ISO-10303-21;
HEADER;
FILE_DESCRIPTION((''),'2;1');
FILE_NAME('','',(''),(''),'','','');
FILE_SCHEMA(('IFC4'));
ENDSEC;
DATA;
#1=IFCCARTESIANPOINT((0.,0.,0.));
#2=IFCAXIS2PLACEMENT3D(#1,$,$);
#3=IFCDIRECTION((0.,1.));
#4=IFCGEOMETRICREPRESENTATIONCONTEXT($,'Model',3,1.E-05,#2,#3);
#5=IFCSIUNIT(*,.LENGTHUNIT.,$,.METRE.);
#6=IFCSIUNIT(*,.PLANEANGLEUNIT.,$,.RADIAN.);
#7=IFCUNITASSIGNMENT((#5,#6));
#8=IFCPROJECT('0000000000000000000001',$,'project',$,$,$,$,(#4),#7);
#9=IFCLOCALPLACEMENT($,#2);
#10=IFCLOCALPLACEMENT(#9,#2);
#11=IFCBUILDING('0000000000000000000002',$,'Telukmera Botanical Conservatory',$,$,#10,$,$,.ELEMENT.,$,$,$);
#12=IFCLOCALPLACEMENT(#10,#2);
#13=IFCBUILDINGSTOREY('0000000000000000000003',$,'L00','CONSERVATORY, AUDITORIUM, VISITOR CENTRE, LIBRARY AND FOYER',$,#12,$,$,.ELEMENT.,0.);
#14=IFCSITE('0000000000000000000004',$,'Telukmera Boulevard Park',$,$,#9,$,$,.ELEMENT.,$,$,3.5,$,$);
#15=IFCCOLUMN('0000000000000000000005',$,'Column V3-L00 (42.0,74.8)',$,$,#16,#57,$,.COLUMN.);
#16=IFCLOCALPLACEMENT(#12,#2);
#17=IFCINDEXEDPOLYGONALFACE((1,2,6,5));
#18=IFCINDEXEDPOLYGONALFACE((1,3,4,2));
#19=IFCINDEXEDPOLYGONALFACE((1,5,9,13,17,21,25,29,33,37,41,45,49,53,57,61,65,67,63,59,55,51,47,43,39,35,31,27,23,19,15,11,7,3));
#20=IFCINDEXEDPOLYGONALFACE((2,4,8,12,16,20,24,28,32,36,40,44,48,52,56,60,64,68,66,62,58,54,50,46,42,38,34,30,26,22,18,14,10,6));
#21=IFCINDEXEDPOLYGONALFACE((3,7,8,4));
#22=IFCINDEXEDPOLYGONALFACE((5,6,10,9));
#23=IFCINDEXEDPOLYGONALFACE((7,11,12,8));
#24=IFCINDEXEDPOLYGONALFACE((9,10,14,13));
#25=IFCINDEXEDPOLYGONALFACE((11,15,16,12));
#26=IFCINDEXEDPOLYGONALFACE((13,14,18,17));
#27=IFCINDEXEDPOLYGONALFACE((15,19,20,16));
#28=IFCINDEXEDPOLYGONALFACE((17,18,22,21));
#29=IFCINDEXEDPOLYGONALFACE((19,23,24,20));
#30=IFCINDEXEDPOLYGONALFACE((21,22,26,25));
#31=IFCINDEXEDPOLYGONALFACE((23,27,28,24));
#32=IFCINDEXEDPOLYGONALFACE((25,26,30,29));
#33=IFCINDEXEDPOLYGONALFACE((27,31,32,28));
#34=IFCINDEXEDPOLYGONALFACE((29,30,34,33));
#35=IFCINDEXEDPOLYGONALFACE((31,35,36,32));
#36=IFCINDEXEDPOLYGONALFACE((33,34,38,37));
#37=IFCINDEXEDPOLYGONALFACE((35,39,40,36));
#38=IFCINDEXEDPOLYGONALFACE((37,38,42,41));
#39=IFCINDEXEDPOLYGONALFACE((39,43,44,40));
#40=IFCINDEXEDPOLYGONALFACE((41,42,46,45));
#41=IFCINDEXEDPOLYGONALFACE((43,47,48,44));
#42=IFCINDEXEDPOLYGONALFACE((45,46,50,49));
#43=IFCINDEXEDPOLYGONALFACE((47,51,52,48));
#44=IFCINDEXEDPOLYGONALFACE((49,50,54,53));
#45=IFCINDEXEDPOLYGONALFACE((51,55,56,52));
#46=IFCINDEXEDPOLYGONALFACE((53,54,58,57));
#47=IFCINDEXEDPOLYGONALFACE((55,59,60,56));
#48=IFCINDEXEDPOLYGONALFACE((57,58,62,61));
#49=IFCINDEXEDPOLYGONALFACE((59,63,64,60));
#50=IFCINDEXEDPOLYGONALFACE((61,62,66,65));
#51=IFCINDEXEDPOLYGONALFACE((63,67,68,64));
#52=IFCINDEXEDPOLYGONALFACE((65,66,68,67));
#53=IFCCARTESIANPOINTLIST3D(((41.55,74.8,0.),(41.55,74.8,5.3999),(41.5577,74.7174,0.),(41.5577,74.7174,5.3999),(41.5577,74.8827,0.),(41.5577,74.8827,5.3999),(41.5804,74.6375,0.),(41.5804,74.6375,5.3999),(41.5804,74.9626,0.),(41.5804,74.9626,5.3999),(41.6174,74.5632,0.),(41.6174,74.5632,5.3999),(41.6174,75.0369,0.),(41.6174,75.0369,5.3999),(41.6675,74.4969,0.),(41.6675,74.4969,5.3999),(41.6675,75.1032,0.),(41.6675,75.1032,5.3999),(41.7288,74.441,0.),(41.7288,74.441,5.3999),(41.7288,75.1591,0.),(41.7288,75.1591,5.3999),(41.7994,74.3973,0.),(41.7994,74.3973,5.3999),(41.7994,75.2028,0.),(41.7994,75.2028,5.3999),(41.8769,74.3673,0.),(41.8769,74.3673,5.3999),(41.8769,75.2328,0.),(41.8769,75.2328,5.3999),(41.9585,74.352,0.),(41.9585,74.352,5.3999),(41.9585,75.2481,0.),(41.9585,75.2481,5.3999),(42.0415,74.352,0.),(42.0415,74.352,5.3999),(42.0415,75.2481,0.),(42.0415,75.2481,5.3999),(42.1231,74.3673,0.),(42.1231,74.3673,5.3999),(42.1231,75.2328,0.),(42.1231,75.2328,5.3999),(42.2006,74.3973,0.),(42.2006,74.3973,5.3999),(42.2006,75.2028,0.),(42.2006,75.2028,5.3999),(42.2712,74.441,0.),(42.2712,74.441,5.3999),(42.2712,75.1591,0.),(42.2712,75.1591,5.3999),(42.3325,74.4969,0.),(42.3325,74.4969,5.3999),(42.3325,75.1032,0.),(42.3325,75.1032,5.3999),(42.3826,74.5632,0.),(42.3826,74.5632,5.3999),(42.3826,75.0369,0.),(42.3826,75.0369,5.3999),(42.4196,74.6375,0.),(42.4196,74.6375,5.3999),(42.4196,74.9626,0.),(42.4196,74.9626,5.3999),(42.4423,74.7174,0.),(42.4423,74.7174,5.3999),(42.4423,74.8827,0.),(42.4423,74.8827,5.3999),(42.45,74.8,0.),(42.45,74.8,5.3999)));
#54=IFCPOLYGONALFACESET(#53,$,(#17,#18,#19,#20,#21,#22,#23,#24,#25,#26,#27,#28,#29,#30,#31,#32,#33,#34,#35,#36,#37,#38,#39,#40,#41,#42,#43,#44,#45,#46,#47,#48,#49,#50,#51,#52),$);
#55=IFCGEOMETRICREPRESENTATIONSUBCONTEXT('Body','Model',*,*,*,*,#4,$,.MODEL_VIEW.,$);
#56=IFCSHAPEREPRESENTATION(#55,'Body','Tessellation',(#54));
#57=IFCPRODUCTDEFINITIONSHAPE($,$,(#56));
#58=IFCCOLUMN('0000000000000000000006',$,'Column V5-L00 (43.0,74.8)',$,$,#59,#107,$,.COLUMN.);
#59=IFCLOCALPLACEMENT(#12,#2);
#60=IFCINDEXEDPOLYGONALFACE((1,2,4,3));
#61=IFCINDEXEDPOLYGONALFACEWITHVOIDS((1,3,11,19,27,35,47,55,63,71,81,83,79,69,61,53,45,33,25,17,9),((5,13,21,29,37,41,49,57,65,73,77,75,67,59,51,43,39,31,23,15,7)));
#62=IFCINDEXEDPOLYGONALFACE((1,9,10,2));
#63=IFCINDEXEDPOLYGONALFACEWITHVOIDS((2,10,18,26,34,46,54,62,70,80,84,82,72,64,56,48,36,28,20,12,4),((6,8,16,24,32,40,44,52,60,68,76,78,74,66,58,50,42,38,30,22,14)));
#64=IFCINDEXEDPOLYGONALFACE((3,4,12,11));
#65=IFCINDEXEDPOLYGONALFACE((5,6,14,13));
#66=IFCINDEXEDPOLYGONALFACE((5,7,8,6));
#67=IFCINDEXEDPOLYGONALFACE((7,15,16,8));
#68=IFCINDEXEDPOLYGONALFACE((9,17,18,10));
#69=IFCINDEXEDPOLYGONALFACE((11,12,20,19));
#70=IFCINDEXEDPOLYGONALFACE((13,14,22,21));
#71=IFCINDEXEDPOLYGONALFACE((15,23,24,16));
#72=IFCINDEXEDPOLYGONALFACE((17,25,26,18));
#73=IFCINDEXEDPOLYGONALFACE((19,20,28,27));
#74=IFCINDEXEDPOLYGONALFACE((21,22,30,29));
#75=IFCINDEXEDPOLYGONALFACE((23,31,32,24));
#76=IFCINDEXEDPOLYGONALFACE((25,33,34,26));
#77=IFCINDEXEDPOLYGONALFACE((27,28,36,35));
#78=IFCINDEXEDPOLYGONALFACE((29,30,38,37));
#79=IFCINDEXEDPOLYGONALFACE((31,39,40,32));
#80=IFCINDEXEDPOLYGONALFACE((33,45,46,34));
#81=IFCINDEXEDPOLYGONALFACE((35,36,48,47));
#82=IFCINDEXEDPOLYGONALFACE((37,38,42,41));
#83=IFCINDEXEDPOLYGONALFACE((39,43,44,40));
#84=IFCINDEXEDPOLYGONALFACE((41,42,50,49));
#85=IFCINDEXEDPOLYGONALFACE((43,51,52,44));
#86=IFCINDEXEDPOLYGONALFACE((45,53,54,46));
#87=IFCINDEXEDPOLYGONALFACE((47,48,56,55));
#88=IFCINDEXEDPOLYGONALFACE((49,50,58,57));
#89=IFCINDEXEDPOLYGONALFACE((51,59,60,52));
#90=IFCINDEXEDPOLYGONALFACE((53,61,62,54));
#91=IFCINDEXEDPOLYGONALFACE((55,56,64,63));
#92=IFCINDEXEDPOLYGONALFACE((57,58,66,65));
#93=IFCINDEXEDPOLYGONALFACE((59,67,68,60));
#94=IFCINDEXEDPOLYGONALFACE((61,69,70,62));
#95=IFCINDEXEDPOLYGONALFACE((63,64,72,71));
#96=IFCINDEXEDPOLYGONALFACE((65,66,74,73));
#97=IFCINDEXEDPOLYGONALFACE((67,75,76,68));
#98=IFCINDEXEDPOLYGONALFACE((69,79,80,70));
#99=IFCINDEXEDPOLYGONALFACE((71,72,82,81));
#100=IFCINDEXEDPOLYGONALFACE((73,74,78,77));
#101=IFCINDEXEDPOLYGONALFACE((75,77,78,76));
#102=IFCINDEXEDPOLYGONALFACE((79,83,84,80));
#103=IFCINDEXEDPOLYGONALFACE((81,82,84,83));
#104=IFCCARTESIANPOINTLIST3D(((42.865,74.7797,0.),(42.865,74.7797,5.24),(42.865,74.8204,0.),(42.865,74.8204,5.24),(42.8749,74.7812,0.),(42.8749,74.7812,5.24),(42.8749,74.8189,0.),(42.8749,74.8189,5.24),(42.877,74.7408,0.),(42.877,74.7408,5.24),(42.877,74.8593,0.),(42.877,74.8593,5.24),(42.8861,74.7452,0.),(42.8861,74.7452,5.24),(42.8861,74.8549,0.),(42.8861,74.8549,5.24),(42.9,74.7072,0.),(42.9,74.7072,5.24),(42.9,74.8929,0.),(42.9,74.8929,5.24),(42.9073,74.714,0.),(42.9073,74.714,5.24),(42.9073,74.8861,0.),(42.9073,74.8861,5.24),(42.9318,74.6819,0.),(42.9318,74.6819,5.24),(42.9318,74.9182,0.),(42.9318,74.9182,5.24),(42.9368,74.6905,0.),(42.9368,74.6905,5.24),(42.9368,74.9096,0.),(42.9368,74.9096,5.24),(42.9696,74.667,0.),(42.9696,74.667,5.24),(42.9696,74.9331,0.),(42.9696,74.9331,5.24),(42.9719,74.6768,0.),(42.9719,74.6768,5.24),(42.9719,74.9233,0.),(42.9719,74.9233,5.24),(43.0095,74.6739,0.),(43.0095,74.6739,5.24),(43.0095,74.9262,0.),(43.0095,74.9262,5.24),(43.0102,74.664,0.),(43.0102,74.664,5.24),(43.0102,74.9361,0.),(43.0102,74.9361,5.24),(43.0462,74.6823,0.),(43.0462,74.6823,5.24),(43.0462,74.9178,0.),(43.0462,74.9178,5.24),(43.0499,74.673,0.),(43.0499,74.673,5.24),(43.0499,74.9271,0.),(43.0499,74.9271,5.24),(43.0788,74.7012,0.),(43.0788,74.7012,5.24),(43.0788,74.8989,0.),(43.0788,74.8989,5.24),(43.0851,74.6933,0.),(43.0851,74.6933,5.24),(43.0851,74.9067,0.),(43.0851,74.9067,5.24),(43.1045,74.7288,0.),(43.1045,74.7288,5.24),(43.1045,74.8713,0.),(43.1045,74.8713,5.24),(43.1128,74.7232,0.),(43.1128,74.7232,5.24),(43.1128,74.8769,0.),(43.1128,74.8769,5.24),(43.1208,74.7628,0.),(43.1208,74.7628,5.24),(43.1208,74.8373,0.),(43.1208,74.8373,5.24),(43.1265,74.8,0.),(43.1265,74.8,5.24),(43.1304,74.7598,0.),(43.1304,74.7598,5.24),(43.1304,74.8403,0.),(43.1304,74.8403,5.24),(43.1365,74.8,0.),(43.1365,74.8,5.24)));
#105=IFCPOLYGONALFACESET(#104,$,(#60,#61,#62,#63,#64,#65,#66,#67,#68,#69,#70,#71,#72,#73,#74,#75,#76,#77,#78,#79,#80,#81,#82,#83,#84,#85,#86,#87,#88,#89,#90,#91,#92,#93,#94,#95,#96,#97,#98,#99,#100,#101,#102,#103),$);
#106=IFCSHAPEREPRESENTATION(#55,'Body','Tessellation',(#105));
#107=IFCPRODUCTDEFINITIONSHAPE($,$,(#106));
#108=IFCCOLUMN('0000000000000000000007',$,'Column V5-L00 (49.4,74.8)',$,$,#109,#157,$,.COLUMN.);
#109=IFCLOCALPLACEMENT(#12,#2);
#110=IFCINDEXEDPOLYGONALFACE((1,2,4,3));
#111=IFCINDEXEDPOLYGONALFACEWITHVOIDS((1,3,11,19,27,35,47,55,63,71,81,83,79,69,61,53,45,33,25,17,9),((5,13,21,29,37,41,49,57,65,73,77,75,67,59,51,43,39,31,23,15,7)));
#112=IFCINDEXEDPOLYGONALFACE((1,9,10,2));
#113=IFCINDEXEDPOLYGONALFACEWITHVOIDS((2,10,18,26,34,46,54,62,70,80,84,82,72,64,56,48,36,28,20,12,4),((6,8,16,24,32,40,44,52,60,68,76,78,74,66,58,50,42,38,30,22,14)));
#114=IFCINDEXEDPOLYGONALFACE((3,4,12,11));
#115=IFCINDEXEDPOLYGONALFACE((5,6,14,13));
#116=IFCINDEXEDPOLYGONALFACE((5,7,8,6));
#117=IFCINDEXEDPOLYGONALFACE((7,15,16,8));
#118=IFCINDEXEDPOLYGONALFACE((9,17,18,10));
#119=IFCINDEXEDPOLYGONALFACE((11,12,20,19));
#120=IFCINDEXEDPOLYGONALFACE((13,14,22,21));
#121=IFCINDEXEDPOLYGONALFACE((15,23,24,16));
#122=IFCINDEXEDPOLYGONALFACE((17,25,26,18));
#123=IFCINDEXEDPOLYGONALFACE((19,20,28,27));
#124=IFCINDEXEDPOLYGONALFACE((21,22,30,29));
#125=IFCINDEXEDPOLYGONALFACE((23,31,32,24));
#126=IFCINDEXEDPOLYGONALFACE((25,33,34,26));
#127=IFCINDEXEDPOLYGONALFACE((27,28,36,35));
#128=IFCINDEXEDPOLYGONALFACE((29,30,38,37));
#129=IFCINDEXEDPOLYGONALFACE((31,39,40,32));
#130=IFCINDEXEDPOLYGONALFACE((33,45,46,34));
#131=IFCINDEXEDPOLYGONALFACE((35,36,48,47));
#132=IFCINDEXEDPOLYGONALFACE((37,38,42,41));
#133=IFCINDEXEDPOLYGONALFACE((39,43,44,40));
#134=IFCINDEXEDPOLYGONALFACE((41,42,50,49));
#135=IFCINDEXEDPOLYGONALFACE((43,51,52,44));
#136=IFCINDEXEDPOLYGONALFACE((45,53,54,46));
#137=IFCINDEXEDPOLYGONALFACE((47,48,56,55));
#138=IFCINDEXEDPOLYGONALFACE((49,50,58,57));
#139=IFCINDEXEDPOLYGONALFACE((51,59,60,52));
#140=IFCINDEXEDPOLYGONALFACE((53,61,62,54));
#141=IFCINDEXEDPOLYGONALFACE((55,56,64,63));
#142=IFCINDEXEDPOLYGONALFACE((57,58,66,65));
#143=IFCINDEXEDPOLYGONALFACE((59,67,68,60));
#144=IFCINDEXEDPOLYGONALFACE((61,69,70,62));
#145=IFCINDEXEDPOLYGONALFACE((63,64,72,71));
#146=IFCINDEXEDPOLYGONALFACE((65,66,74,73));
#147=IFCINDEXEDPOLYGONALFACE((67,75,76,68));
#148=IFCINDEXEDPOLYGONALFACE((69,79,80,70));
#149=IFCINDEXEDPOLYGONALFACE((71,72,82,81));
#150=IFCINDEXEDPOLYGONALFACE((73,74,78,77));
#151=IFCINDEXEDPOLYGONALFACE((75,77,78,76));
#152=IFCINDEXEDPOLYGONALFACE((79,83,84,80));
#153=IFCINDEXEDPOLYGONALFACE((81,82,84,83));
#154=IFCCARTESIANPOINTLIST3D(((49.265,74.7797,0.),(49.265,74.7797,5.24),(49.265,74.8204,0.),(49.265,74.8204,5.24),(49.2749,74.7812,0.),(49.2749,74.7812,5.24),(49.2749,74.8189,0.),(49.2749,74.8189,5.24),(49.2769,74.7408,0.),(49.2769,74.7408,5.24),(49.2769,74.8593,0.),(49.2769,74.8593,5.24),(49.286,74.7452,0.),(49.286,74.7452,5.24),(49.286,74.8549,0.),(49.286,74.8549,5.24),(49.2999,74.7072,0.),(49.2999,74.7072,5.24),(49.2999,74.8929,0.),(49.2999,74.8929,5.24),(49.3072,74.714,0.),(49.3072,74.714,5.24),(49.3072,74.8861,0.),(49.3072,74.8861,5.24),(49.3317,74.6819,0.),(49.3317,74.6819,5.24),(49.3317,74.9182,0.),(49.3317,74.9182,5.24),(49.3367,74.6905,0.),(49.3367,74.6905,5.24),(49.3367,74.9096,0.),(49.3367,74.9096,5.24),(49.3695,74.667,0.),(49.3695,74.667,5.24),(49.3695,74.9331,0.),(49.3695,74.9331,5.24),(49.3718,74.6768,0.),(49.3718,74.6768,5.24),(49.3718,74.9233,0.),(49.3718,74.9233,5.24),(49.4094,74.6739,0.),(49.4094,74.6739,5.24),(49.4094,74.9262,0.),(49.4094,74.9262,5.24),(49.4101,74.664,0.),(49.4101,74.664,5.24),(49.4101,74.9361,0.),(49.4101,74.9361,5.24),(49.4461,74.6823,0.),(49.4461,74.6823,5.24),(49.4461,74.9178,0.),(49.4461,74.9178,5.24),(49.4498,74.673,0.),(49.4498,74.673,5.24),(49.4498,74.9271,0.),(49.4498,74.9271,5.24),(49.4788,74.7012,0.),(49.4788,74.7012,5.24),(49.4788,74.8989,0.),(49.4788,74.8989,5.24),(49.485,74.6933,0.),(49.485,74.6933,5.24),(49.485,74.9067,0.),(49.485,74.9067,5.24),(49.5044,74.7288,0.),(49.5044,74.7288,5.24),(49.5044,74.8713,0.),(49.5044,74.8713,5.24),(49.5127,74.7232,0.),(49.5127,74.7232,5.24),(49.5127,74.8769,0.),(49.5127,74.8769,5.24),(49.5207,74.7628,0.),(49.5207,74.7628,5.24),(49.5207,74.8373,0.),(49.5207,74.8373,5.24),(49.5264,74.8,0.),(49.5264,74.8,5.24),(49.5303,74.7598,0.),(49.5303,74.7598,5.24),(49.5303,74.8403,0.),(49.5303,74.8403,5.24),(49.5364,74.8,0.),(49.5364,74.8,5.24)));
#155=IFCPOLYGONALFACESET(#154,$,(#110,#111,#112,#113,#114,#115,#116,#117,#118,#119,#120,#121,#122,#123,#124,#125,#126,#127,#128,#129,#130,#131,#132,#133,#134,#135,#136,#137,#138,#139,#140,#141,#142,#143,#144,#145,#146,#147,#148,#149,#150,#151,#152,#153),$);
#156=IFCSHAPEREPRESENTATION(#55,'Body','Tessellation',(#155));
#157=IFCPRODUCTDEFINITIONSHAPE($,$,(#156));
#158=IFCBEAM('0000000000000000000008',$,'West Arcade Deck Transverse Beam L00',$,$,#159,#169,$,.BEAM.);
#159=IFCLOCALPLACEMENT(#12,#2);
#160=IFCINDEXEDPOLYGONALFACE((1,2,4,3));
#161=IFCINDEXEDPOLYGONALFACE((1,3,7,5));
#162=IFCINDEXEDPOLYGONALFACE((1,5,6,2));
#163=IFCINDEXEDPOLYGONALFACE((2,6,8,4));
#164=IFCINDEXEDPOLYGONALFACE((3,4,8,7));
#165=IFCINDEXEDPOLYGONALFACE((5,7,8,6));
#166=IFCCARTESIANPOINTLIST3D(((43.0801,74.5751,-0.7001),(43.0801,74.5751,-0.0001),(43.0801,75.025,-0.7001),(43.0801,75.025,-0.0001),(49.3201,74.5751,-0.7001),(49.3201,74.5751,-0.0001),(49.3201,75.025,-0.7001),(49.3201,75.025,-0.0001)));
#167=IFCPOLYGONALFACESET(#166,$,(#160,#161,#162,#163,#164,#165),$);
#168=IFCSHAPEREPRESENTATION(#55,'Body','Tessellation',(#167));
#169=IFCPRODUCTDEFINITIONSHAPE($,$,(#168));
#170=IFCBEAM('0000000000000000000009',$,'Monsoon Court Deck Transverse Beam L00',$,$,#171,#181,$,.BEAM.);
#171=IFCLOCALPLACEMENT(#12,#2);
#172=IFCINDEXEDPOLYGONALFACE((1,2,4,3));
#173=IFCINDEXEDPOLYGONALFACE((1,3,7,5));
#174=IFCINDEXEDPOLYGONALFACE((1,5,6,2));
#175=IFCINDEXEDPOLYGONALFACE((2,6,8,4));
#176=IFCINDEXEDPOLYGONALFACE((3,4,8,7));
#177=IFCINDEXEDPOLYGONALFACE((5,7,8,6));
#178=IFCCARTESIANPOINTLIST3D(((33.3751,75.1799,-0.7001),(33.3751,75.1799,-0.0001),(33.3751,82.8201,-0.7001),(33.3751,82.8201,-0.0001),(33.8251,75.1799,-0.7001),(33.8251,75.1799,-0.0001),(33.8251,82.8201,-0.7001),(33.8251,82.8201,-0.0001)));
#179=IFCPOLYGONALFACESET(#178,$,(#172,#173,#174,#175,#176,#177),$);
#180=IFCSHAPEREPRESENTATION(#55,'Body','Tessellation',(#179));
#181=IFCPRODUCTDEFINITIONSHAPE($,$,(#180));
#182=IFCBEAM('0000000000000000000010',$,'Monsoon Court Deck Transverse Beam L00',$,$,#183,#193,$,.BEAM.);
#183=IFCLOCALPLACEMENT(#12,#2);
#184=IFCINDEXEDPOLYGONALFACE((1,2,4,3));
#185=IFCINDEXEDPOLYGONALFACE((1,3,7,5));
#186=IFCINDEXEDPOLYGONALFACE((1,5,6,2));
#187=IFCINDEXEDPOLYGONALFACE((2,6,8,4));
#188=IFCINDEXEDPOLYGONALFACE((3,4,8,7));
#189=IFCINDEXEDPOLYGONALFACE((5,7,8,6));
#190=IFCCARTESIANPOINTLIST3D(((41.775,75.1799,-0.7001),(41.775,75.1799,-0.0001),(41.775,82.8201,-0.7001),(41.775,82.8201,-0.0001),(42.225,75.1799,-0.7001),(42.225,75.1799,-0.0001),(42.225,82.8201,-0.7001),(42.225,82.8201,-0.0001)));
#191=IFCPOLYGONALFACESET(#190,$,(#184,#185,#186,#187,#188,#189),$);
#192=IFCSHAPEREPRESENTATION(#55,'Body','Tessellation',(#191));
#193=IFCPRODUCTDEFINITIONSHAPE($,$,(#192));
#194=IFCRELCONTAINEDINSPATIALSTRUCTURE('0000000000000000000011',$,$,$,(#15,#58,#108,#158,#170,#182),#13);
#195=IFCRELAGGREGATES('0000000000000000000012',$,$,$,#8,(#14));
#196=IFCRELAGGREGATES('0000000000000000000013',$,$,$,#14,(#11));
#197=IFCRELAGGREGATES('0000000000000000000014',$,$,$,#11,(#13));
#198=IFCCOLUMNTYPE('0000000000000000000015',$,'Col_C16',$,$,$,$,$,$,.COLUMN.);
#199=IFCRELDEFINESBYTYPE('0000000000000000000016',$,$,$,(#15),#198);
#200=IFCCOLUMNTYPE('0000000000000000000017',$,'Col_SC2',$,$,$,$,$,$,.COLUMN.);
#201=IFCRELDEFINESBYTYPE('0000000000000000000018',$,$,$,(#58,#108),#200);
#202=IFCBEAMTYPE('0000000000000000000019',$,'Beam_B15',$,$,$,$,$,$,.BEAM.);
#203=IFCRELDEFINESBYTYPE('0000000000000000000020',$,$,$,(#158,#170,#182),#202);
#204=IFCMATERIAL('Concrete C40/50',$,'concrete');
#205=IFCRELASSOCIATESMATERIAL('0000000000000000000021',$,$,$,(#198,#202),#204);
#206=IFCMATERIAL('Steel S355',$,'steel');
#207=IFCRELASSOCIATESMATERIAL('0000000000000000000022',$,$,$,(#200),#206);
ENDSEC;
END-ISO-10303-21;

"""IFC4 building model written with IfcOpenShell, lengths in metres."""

from ifc_helpers import new_model, si_unit, direction, frame, origin, origin_2d, place, context, subcontext, project, spatial, rectangle, circle, hollow_circle, extrude, material, material_profile, profile_set, type_object, element, save


model = new_model("IFC4")

# Units and contexts
model_context = context("Model", 3, precision=1e-05, world=origin(), true_north=direction((0.0, 1.0)))
body_context = subcontext(model_context, "Body", "Model", "MODEL_VIEW")
ifc_project = project(units=[si_unit("LENGTHUNIT", "METRE"), si_unit("PLANEANGLEUNIT", "RADIAN")], contexts=[model_context])

# Site, building, storey
site_placement = place(None, origin())
site = spatial("IfcSite", under=ifc_project, at=site_placement, Name="Telukmera Boulevard Park", CompositionType="ELEMENT", RefElevation=3.5)
building_placement = place(site_placement, origin())
building = spatial("IfcBuilding", under=site, at=building_placement, Name="Telukmera Botanical Conservatory", CompositionType="ELEMENT")
storey_placement = place(building_placement, origin())
storey = spatial("IfcBuildingStorey", under=building, at=storey_placement, Name="L00", Description="CONSERVATORY, AUDITORIUM, VISITOR CENTRE, LIBRARY AND FOYER", CompositionType="ELEMENT", Elevation=0.0)

# Columns
ifc_material_1 = material(Name="Concrete C40/50", Category="concrete")
ifc_material_profile_1 = material_profile(ifc_material_1, circle(Radius=0.45, at=origin_2d()), Name="RC D900")
ifc_profile_set_1 = profile_set([ifc_material_profile_1], Name="Concrete C40/50")
column_type_1 = type_object("IfcColumnType", Name="Col_C16", PredefinedType="COLUMN", material=ifc_profile_set_1)
column_placement = place(storey_placement, frame((42.0, 74.8, 0.0), z_axis=(0.0, 0.0, 1.0), x_axis=(1.0, 0.0, 0.0)))
element("IfcColumn", 1, at=column_placement, inside=storey, type_object=column_type_1, Name="Column V3-L00 (42.0,74.8)", PredefinedType="COLUMN", context=body_context, shape_type="SweptSolid", body=[
    extrude(circle(Radius=0.45, at=origin_2d()), origin(), (0.0, 0.0, 1.0), 5.3999),
])
ifc_material_2 = material(Name="Steel S355", Category="steel")
ifc_material_profile_2 = material_profile(ifc_material_2, hollow_circle(Radius=0.1365, WallThickness=0.01, at=origin_2d()), Name="CHS 273.0x10.0")
ifc_profile_set_2 = profile_set([ifc_material_profile_2], Name="Steel S355")
column_type_2 = type_object("IfcColumnType", Name="Col_SC2", PredefinedType="COLUMN", material=ifc_profile_set_2)
for number, where, z_axis, x_axis, name in (
    (2, (43.0, 74.8, 0.0), (0.0, 0.0, 1.0), (1.0, 0.0, 0.0), "Column V5-L00 (43.0,74.8)"),
    (3, (49.3999, 74.8, 0.0), (0.0, 0.0, 1.0), (1.0, 0.0, 0.0), "Column V5-L00 (49.4,74.8)"),
):
    element("IfcColumn", number, at=place(storey_placement, frame(where, z_axis=z_axis, x_axis=x_axis)), inside=storey, type_object=column_type_2, Name=name, PredefinedType="COLUMN", context=body_context, shape_type="SweptSolid", body=[
        extrude(hollow_circle(Radius=0.1365, WallThickness=0.01, at=origin_2d()), origin(), (0.0, 0.0, 1.0), 5.24),
    ])

# Beams
ifc_material_profile_3 = material_profile(ifc_material_1, rectangle(XDim=0.45, YDim=0.7, at=origin_2d()), Name="RC 450x700")
ifc_profile_set_3 = profile_set([ifc_material_profile_3], Name="Concrete C40/50")
beam_type_1 = type_object("IfcBeamType", Name="Beam_B15", PredefinedType="BEAM", material=ifc_profile_set_3)
beam_1_placement = place(storey_placement, frame((43.0801, 74.8, -0.3501), z_axis=(1.0, 0.0, 0.0), x_axis=(0.0, 1.0, 0.0)))
element("IfcBeam", 4, at=beam_1_placement, inside=storey, type_object=beam_type_1, Name="West Arcade Deck Transverse Beam L00", PredefinedType="BEAM", context=body_context, shape_type="SweptSolid", body=[
    extrude(rectangle(XDim=0.45, YDim=0.7, at=origin_2d()), origin(), (0.0, 0.0, 1.0), 6.24),
])
for number, where, z_axis, x_axis, name in (
    (5, (33.6001, 75.1799, -0.3501), (0.0, 1.0, 0.0), (-1.0, 0.0, 0.0), "Monsoon Court Deck Transverse Beam L00"),
    (6, (42.0, 75.1799, -0.3501), (0.0, 1.0, 0.0), (-1.0, 0.0, 0.0), "Monsoon Court Deck Transverse Beam L00"),
):
    element("IfcBeam", number, at=place(storey_placement, frame(where, z_axis=z_axis, x_axis=x_axis)), inside=storey, type_object=beam_type_1, Name=name, PredefinedType="BEAM", context=body_context, shape_type="SweptSolid", body=[
        extrude(rectangle(XDim=0.45, YDim=0.7, at=origin_2d()), origin(), (0.0, 0.0, 1.0), 7.6401),
    ])

save(model, "model.ifc")
